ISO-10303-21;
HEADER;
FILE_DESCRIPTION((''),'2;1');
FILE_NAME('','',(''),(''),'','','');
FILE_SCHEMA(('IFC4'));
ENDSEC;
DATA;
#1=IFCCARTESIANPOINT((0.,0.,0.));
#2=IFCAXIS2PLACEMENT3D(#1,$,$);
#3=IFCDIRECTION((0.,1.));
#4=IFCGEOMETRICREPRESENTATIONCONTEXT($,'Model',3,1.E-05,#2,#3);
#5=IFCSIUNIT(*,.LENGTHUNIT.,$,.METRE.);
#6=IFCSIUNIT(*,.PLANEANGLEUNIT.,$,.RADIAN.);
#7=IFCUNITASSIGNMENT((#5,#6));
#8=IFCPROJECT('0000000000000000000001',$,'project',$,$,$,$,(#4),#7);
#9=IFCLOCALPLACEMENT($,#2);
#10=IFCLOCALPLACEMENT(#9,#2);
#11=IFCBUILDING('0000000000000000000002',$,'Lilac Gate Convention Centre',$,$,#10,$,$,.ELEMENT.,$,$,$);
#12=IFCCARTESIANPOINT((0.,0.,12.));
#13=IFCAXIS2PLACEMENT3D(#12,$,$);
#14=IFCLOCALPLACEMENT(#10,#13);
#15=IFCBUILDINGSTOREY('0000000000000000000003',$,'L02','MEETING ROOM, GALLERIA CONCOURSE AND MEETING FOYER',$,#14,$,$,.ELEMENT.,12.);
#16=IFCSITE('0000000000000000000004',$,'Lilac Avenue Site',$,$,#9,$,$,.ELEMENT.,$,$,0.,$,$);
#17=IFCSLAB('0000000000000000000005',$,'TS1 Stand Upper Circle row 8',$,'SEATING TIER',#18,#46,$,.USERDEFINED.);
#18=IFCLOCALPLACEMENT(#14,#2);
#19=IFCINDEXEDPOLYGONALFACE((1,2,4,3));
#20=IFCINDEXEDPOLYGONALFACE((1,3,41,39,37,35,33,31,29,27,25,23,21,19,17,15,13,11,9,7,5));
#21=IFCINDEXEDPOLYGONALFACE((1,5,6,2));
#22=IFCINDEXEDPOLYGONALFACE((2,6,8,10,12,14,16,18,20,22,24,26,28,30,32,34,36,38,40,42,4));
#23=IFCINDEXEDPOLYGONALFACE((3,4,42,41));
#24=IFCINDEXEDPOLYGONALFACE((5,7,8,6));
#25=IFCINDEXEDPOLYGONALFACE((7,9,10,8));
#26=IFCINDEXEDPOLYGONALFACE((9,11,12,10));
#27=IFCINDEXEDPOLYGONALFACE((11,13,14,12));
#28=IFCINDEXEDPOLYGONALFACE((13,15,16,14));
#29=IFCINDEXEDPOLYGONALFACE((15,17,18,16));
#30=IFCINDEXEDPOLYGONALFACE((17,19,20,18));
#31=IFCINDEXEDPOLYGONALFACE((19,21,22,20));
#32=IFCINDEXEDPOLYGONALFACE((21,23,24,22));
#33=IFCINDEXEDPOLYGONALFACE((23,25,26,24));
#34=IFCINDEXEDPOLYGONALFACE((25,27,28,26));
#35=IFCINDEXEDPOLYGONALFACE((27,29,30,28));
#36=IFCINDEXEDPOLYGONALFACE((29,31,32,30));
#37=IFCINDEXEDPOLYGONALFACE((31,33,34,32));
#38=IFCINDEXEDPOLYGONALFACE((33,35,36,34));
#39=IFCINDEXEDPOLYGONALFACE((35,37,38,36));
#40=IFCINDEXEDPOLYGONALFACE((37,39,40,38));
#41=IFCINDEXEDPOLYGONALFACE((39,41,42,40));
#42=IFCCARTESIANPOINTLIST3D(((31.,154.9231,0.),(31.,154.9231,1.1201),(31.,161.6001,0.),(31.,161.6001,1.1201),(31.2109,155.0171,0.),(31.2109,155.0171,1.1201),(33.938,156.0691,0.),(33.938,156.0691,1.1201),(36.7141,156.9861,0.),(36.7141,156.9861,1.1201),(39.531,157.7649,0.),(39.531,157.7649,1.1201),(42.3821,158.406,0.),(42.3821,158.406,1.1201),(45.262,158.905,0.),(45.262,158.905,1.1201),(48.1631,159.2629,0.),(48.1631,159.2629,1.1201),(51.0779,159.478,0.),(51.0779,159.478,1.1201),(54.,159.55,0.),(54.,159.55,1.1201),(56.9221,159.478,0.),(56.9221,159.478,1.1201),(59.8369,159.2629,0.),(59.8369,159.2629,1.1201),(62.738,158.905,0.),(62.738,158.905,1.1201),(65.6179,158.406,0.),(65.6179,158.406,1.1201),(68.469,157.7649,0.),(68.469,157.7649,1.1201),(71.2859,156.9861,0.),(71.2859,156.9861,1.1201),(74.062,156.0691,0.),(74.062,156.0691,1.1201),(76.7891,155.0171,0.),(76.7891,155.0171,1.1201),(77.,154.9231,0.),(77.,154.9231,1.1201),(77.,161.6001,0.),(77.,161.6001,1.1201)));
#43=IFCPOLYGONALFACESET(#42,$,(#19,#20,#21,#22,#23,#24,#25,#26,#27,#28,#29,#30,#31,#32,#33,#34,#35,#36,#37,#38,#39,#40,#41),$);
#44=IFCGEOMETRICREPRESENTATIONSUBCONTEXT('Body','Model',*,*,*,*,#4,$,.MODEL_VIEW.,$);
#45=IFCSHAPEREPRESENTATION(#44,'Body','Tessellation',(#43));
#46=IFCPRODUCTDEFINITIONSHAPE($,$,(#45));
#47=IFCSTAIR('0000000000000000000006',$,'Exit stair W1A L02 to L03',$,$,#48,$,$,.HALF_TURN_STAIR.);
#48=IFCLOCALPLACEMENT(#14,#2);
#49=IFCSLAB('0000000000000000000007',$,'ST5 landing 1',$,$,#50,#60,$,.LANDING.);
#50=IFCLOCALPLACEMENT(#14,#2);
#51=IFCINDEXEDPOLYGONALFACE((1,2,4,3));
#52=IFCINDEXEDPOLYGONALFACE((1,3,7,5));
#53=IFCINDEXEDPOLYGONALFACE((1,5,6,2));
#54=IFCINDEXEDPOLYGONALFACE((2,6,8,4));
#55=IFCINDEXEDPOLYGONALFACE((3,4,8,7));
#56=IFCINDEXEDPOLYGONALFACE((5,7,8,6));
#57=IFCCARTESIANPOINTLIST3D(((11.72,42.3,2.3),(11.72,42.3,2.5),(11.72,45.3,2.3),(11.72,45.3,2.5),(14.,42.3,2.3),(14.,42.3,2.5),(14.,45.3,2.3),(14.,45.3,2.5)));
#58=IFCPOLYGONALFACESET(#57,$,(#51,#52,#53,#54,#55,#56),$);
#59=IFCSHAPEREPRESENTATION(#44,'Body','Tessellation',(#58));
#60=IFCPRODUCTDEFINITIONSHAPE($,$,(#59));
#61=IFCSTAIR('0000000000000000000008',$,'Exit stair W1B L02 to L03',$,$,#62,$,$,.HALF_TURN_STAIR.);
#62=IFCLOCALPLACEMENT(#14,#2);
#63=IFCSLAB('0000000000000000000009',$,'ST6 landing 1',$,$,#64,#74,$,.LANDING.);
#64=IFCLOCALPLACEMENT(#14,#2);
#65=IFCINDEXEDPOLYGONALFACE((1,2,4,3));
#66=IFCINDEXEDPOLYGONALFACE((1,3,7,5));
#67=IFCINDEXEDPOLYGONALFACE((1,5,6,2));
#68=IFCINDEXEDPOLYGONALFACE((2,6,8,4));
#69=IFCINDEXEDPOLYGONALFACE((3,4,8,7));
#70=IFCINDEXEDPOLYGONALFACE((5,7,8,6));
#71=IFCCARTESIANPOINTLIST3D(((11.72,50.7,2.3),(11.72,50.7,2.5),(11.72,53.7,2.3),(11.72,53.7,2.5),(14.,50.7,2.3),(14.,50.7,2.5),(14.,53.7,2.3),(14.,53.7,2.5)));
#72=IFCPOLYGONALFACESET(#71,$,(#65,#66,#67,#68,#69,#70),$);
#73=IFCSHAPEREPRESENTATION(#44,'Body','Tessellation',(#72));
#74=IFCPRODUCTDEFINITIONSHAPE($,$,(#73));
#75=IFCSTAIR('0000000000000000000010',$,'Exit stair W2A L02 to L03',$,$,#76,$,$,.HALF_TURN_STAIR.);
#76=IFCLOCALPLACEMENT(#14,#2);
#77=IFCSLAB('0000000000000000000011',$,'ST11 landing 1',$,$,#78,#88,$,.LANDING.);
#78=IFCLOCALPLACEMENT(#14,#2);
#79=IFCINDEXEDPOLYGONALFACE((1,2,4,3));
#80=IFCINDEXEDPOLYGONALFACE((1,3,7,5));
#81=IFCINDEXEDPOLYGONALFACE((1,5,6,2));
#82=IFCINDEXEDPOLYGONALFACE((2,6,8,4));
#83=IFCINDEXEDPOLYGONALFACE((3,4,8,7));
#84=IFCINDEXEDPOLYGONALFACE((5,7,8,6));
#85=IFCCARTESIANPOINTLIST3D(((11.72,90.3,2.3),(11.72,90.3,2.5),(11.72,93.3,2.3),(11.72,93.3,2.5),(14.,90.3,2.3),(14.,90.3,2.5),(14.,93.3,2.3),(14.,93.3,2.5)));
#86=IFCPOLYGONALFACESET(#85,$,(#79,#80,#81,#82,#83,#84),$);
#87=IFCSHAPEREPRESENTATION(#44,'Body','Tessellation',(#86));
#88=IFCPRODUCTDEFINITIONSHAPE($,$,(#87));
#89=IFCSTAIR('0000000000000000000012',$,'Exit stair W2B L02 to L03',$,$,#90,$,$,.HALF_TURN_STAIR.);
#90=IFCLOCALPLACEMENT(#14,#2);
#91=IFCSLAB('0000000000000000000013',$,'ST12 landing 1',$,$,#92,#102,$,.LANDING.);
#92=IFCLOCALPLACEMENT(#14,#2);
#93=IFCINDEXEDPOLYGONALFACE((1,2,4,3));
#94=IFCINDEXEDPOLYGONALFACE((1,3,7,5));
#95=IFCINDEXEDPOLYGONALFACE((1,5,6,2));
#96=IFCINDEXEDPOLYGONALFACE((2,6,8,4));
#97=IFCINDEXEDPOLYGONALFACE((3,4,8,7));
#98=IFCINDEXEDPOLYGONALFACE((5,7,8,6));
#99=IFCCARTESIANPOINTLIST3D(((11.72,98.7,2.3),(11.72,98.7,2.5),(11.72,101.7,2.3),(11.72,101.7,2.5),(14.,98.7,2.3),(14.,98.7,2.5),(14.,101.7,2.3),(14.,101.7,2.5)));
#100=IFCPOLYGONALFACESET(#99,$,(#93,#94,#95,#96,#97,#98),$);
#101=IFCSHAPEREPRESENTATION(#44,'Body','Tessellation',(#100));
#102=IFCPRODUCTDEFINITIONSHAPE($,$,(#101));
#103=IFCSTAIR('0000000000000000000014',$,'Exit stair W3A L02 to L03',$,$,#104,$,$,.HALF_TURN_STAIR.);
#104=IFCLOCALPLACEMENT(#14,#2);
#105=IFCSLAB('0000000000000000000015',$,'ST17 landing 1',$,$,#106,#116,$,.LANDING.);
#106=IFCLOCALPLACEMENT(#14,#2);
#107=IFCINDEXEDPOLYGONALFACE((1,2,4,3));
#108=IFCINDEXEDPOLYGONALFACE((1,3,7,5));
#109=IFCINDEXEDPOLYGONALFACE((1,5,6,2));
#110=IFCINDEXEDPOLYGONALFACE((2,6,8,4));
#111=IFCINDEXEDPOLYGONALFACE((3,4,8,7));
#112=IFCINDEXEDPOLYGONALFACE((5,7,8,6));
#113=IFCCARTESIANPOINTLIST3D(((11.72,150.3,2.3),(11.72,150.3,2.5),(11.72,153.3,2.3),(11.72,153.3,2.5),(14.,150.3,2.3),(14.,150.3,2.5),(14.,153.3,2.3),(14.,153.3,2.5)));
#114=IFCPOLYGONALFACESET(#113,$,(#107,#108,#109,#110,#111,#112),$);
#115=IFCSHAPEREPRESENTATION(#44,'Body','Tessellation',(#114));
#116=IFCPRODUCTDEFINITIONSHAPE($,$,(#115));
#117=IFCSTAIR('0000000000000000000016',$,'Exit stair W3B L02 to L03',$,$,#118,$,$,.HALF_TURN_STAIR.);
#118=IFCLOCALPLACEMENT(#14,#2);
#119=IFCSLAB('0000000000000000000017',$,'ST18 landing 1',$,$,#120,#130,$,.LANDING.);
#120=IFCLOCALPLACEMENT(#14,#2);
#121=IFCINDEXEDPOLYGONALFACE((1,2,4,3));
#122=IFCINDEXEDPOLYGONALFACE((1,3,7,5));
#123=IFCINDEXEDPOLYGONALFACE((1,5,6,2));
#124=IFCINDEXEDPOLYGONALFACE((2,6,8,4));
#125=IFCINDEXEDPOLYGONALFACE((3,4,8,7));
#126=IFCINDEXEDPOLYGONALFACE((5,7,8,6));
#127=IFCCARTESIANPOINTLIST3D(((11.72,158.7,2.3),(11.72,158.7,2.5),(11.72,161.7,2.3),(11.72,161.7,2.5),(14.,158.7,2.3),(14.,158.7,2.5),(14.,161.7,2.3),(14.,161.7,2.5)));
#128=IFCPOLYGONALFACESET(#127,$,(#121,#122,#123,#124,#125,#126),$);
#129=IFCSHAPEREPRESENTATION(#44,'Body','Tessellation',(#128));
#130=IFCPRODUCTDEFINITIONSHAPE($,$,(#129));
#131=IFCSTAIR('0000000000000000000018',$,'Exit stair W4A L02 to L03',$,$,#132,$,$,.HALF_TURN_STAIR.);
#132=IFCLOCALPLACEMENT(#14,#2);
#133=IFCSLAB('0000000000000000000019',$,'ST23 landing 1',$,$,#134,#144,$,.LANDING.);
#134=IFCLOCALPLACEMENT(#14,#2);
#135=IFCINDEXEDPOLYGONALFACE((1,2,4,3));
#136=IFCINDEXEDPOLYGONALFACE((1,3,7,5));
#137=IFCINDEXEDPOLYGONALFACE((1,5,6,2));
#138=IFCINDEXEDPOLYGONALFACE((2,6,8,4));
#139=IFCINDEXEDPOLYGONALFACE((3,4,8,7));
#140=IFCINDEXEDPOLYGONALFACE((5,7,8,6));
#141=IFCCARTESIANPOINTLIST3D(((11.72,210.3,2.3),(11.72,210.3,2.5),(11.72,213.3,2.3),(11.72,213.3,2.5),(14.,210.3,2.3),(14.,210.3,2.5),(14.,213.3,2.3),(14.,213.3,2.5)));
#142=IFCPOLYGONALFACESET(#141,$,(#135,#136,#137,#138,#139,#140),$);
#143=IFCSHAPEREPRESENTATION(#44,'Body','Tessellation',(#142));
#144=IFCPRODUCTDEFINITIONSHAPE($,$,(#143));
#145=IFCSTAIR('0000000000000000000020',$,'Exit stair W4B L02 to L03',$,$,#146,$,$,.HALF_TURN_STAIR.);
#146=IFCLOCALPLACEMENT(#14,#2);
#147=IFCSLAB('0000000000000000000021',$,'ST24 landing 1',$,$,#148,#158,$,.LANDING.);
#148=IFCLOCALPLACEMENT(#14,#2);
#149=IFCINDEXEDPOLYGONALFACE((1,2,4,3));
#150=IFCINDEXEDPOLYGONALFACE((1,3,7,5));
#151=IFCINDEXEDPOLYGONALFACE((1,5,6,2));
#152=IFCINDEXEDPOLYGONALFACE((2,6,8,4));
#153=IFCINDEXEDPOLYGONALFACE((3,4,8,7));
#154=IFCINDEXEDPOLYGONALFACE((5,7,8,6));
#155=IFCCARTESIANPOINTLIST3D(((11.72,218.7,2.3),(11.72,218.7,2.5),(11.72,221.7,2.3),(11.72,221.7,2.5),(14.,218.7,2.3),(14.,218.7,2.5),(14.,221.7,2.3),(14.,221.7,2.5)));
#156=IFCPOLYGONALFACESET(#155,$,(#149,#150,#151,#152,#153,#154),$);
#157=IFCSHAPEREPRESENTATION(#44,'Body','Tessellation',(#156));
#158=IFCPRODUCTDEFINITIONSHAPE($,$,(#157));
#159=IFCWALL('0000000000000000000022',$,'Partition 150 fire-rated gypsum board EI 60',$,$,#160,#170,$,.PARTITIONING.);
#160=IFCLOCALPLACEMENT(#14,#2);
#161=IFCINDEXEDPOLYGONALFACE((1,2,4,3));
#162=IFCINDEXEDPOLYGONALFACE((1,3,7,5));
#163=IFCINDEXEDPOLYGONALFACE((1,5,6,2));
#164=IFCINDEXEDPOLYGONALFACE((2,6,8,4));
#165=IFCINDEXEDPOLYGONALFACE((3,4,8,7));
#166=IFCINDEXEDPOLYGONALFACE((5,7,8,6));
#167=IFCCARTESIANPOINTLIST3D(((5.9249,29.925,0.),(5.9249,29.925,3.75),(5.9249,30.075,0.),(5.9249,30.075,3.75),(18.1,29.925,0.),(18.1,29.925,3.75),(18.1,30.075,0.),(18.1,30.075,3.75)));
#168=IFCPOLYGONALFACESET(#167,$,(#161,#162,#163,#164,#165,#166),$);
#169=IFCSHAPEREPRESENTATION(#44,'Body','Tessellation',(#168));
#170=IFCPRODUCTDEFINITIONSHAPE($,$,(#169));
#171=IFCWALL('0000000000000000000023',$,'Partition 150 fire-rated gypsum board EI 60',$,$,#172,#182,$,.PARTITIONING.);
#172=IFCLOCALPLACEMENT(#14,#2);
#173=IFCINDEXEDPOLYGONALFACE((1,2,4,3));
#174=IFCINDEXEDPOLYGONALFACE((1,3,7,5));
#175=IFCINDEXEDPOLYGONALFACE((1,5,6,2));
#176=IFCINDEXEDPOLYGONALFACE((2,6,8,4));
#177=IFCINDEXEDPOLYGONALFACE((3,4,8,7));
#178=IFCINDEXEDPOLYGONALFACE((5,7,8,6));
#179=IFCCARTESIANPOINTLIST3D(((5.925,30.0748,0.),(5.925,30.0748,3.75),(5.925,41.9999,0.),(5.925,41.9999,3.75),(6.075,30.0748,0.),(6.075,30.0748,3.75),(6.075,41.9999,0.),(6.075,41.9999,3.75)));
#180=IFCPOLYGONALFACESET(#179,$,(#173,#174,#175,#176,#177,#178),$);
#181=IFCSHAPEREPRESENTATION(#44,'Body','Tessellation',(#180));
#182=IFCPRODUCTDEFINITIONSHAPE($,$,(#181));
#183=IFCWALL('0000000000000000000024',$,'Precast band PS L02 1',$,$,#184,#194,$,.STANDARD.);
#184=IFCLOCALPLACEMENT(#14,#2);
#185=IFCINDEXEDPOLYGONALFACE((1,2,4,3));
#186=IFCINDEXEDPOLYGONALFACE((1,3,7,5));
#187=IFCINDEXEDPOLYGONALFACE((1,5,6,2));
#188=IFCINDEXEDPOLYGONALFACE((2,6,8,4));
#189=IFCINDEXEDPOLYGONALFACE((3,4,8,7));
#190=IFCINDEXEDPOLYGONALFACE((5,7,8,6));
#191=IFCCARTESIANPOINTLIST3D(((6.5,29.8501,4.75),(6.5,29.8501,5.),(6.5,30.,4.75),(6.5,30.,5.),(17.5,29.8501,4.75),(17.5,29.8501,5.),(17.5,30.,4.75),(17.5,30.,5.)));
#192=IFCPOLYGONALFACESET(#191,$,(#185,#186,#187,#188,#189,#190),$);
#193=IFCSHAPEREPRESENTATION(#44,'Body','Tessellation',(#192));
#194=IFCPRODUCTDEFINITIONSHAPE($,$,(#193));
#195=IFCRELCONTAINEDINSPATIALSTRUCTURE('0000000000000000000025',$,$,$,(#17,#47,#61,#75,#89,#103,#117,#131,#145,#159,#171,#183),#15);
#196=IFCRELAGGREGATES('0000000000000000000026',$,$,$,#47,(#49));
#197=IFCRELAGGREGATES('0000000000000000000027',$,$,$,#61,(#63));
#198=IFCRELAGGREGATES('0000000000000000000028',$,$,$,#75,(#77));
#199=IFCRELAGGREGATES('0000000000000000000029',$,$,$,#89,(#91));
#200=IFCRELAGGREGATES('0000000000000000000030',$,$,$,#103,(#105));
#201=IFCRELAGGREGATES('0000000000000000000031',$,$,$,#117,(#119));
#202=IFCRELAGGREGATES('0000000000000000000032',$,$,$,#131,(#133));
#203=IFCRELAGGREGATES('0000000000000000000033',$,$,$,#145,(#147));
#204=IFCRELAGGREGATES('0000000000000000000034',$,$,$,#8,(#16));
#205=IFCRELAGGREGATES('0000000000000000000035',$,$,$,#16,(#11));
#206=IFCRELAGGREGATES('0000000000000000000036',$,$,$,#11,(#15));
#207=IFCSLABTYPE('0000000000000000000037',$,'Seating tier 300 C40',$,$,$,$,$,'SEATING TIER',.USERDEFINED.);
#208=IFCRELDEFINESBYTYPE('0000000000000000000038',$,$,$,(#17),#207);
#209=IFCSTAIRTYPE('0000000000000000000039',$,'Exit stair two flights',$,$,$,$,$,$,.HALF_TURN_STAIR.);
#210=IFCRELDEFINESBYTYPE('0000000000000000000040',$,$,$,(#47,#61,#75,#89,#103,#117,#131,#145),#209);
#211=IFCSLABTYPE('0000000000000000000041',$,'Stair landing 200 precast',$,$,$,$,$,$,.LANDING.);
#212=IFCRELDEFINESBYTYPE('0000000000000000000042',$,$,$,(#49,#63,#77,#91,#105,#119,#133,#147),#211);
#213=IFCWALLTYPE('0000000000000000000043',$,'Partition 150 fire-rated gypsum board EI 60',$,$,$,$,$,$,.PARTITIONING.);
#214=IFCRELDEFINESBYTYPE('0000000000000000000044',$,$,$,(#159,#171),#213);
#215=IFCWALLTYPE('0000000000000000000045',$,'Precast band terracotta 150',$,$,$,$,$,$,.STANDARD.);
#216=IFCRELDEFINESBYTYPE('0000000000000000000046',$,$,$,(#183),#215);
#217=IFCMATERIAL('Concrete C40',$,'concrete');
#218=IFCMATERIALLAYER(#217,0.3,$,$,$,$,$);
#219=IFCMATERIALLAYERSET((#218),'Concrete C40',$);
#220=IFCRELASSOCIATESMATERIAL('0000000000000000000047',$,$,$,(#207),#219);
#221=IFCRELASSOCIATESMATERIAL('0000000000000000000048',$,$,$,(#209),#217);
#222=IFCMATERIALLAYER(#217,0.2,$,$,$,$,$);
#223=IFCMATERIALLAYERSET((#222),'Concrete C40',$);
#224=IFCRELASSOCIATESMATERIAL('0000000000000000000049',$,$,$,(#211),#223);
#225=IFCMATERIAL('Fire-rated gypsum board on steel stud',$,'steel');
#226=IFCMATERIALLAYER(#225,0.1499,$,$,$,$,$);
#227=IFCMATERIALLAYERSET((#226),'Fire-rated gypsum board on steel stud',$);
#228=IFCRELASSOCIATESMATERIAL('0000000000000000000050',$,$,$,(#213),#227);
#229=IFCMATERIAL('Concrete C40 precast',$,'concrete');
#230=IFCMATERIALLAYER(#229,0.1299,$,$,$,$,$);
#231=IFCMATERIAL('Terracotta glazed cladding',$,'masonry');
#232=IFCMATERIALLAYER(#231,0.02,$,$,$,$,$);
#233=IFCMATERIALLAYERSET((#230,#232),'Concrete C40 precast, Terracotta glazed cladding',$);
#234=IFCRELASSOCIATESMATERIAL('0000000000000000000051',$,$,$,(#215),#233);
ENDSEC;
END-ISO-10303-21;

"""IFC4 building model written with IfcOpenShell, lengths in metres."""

from ifc_helpers import new_model, si_unit, direction, frame, frame_2d, origin, place, context, subcontext, project, spatial, polyline, rectangle, outline, extrude, material, layer, layer_set, type_object, element, aggregate, save


model = new_model("IFC4")

# Units and contexts
model_context = context("Model", 3, precision=1e-05, world=origin(), true_north=direction((0.0, 1.0)))
body_context = subcontext(model_context, "Body", "Model", "MODEL_VIEW")
ifc_project = project(units=[si_unit("LENGTHUNIT", "METRE"), si_unit("PLANEANGLEUNIT", "RADIAN")], contexts=[model_context])

# Site, building, storey
site_placement = place(None, origin())
site = spatial("IfcSite", under=ifc_project, at=site_placement, Name="Lilac Avenue Site", CompositionType="ELEMENT", RefElevation=0.0)
building_placement = place(site_placement, origin())
building = spatial("IfcBuilding", under=site, at=building_placement, Name="Lilac Gate Convention Centre", CompositionType="ELEMENT")
storey_placement = place(building_placement, frame((0.0, 0.0, 12.0)))
storey = spatial("IfcBuildingStorey", under=building, at=storey_placement, Name="L02", Description="MEETING ROOM, GALLERIA CONCOURSE AND MEETING FOYER", CompositionType="ELEMENT", Elevation=12.0)

# Shared definitions
ifc_material_1 = material(Name="Concrete C40", Category="concrete")

# Slab
ifc_layer_1 = layer(ifc_material_1, 0.3)
ifc_layer_set_1 = layer_set([ifc_layer_1], Name="Concrete C40")
slab_type_1 = type_object("IfcSlabType", Name="Seating tier 300 C40", ElementType="SEATING TIER", PredefinedType="USERDEFINED", material=ifc_layer_set_1)
slab_1_placement = place(storey_placement, origin())
element("IfcSlab", 1, at=slab_1_placement, inside=storey, type_object=slab_type_1, Name="TS1 Stand Upper Circle row 8", ObjectType="SEATING TIER", PredefinedType="USERDEFINED", context=body_context, shape_type="SweptSolid", body=[
    extrude(outline(polyline([(76.7891, 155.0171), (74.062, 156.0691), (71.2859, 156.9861), (68.469, 157.7649), (65.6179, 158.406), (62.738, 158.905), (59.8369, 159.2629), (56.9221, 159.478), (54.0, 159.55), (51.0779, 159.478), (48.1631, 159.2629), (45.262, 158.905), (42.3821, 158.406), (39.531, 157.7649), (36.7141, 156.9861), (33.938, 156.0691), (31.2109, 155.0171), (31.0, 154.9231), (31.0, 161.6001), (77.0, 161.6001), (77.0, 154.9231), (76.7891, 155.0171)])), origin(), (0.0, 0.0, 1.0), 1.1201),
])

# Stairs, slabs
stair_type_1 = type_object("IfcStairType", Name="Exit stair two flights", PredefinedType="HALF_TURN_STAIR", material=ifc_material_1)
stair_1_placement = place(storey_placement, origin())
stair_1 = element("IfcStair", 2, at=stair_1_placement, inside=storey, type_object=stair_type_1, Name="Exit stair W1A L02 to L03", PredefinedType="HALF_TURN_STAIR")
ifc_layer_2 = layer(ifc_material_1, 0.2)
ifc_layer_set_2 = layer_set([ifc_layer_2], Name="Concrete C40")
slab_type_2 = type_object("IfcSlabType", Name="Stair landing 200 precast", PredefinedType="LANDING", material=ifc_layer_set_2)
slab_2_placement = place(storey_placement, frame((0.0, 0.0, 2.3)))
slab_2 = element("IfcSlab", 3, at=slab_2_placement, type_object=slab_type_2, Name="ST5 landing 1", PredefinedType="LANDING", context=body_context, shape_type="SweptSolid", body=[
    extrude(outline(polyline([(11.72, 42.3), (14.0, 42.3), (14.0, 45.3), (11.72, 45.3), (11.72, 42.3)])), origin(), (0.0, 0.0, 1.0), 0.2),
])
aggregate(stair_1, [slab_2])
stair_2_placement = place(storey_placement, origin())
stair_2 = element("IfcStair", 4, at=stair_2_placement, inside=storey, type_object=stair_type_1, Name="Exit stair W1B L02 to L03", PredefinedType="HALF_TURN_STAIR")
slab_3_placement = place(storey_placement, frame((0.0, 0.0, 2.3)))
slab_3 = element("IfcSlab", 5, at=slab_3_placement, type_object=slab_type_2, Name="ST6 landing 1", PredefinedType="LANDING", context=body_context, shape_type="SweptSolid", body=[
    extrude(outline(polyline([(11.72, 50.7), (14.0, 50.7), (14.0, 53.7), (11.72, 53.7), (11.72, 50.7)])), origin(), (0.0, 0.0, 1.0), 0.2),
])
aggregate(stair_2, [slab_3])
stair_3_placement = place(storey_placement, origin())
stair_3 = element("IfcStair", 6, at=stair_3_placement, inside=storey, type_object=stair_type_1, Name="Exit stair W2A L02 to L03", PredefinedType="HALF_TURN_STAIR")
slab_4_placement = place(storey_placement, frame((0.0, 0.0, 2.3)))
slab_4 = element("IfcSlab", 7, at=slab_4_placement, type_object=slab_type_2, Name="ST11 landing 1", PredefinedType="LANDING", context=body_context, shape_type="SweptSolid", body=[
    extrude(outline(polyline([(11.72, 90.3), (14.0, 90.3), (14.0, 93.3), (11.72, 93.3), (11.72, 90.3)])), origin(), (0.0, 0.0, 1.0), 0.2),
])
aggregate(stair_3, [slab_4])
stair_4_placement = place(storey_placement, origin())
stair_4 = element("IfcStair", 8, at=stair_4_placement, inside=storey, type_object=stair_type_1, Name="Exit stair W2B L02 to L03", PredefinedType="HALF_TURN_STAIR")
slab_5_placement = place(storey_placement, frame((0.0, 0.0, 2.3)))
slab_5 = element("IfcSlab", 9, at=slab_5_placement, type_object=slab_type_2, Name="ST12 landing 1", PredefinedType="LANDING", context=body_context, shape_type="SweptSolid", body=[
    extrude(outline(polyline([(11.72, 98.7), (14.0, 98.7), (14.0, 101.7), (11.72, 101.7), (11.72, 98.7)])), origin(), (0.0, 0.0, 1.0), 0.2),
])
aggregate(stair_4, [slab_5])
stair_5_placement = place(storey_placement, origin())
stair_5 = element("IfcStair", 10, at=stair_5_placement, inside=storey, type_object=stair_type_1, Name="Exit stair W3A L02 to L03", PredefinedType="HALF_TURN_STAIR")
slab_6_placement = place(storey_placement, frame((0.0, 0.0, 2.3)))
slab_6 = element("IfcSlab", 11, at=slab_6_placement, type_object=slab_type_2, Name="ST17 landing 1", PredefinedType="LANDING", context=body_context, shape_type="SweptSolid", body=[
    extrude(outline(polyline([(11.72, 150.3), (14.0, 150.3), (14.0, 153.3), (11.72, 153.3), (11.72, 150.3)])), origin(), (0.0, 0.0, 1.0), 0.2),
])
aggregate(stair_5, [slab_6])
stair_6_placement = place(storey_placement, origin())
stair_6 = element("IfcStair", 12, at=stair_6_placement, inside=storey, type_object=stair_type_1, Name="Exit stair W3B L02 to L03", PredefinedType="HALF_TURN_STAIR")
slab_7_placement = place(storey_placement, frame((0.0, 0.0, 2.3)))
slab_7 = element("IfcSlab", 13, at=slab_7_placement, type_object=slab_type_2, Name="ST18 landing 1", PredefinedType="LANDING", context=body_context, shape_type="SweptSolid", body=[
    extrude(outline(polyline([(11.72, 158.7), (14.0, 158.7), (14.0, 161.7), (11.72, 161.7), (11.72, 158.7)])), origin(), (0.0, 0.0, 1.0), 0.2),
])
aggregate(stair_6, [slab_7])
stair_7_placement = place(storey_placement, origin())
stair_7 = element("IfcStair", 14, at=stair_7_placement, inside=storey, type_object=stair_type_1, Name="Exit stair W4A L02 to L03", PredefinedType="HALF_TURN_STAIR")
slab_8_placement = place(storey_placement, frame((0.0, 0.0, 2.3)))
slab_8 = element("IfcSlab", 15, at=slab_8_placement, type_object=slab_type_2, Name="ST23 landing 1", PredefinedType="LANDING", context=body_context, shape_type="SweptSolid", body=[
    extrude(outline(polyline([(11.72, 210.3), (14.0, 210.3), (14.0, 213.3), (11.72, 213.3), (11.72, 210.3)])), origin(), (0.0, 0.0, 1.0), 0.2),
])
aggregate(stair_7, [slab_8])
stair_8_placement = place(storey_placement, origin())
stair_8 = element("IfcStair", 16, at=stair_8_placement, inside=storey, type_object=stair_type_1, Name="Exit stair W4B L02 to L03", PredefinedType="HALF_TURN_STAIR")
slab_9_placement = place(storey_placement, frame((0.0, 0.0, 2.3)))
slab_9 = element("IfcSlab", 17, at=slab_9_placement, type_object=slab_type_2, Name="ST24 landing 1", PredefinedType="LANDING", context=body_context, shape_type="SweptSolid", body=[
    extrude(outline(polyline([(11.72, 218.7), (14.0, 218.7), (14.0, 221.7), (11.72, 221.7), (11.72, 218.7)])), origin(), (0.0, 0.0, 1.0), 0.2),
])
aggregate(stair_8, [slab_9])

# Walls
ifc_material_2 = material(Name="Fire-rated gypsum board on steel stud", Category="steel")
ifc_layer_3 = layer(ifc_material_2, 0.1499)
ifc_layer_set_3 = layer_set([ifc_layer_3], Name="Fire-rated gypsum board on steel stud")
wall_type_1 = type_object("IfcWallType", Name="Partition 150 fire-rated gypsum board EI 60", PredefinedType="PARTITIONING", material=ifc_layer_set_3)
wall_1_placement = place(storey_placement, frame((5.925, 30.0, 0.0), z_axis=(0.0, 0.0, 1.0), x_axis=(1.0, 0.0, 0.0)))
element("IfcWall", 18, at=wall_1_placement, inside=storey, type_object=wall_type_1, Name="Partition 150 fire-rated gypsum board EI 60", PredefinedType="PARTITIONING", context=body_context, shape_type="SweptSolid", body=[
    extrude(rectangle(XDim=12.175, YDim=0.1499, at=frame_2d((6.0874, 0.0))), origin(), (0.0, 0.0, 1.0), 3.75),
])
wall_2_placement = place(storey_placement, frame((6.0, 30.075, 0.0), z_axis=(0.0, 0.0, 1.0), x_axis=(0.0, 1.0, 0.0)))
element("IfcWall", 19, at=wall_2_placement, inside=storey, type_object=wall_type_1, Name="Partition 150 fire-rated gypsum board EI 60", PredefinedType="PARTITIONING", context=body_context, shape_type="SweptSolid", body=[
    extrude(rectangle(XDim=11.925, YDim=0.1499, at=frame_2d((5.9624, 0.0))), origin(), (0.0, 0.0, 1.0), 3.75),
])
ifc_material_3 = material(Name="Concrete C40 precast", Category="concrete")
ifc_layer_4 = layer(ifc_material_3, 0.1299)
ifc_material_4 = material(Name="Terracotta glazed cladding", Category="masonry")
ifc_layer_5 = layer(ifc_material_4, 0.02)
ifc_layer_set_4 = layer_set([ifc_layer_4, ifc_layer_5], Name="Concrete C40 precast, Terracotta glazed cladding")
wall_type_2 = type_object("IfcWallType", Name="Precast band terracotta 150", PredefinedType="STANDARD", material=ifc_layer_set_4)
wall_3_placement = place(storey_placement, frame((6.5, 29.925, 4.75), z_axis=(0.0, 0.0, 1.0), x_axis=(1.0, 0.0, 0.0)))
element("IfcWall", 20, at=wall_3_placement, inside=storey, type_object=wall_type_2, Name="Precast band PS L02 1", PredefinedType="STANDARD", context=body_context, shape_type="SweptSolid", body=[
    extrude(rectangle(XDim=11.0, YDim=0.1499, at=frame_2d((5.5, 0.0))), origin(), (0.0, 0.0, 1.0), 0.25),
])

save(model, "model.ifc")
